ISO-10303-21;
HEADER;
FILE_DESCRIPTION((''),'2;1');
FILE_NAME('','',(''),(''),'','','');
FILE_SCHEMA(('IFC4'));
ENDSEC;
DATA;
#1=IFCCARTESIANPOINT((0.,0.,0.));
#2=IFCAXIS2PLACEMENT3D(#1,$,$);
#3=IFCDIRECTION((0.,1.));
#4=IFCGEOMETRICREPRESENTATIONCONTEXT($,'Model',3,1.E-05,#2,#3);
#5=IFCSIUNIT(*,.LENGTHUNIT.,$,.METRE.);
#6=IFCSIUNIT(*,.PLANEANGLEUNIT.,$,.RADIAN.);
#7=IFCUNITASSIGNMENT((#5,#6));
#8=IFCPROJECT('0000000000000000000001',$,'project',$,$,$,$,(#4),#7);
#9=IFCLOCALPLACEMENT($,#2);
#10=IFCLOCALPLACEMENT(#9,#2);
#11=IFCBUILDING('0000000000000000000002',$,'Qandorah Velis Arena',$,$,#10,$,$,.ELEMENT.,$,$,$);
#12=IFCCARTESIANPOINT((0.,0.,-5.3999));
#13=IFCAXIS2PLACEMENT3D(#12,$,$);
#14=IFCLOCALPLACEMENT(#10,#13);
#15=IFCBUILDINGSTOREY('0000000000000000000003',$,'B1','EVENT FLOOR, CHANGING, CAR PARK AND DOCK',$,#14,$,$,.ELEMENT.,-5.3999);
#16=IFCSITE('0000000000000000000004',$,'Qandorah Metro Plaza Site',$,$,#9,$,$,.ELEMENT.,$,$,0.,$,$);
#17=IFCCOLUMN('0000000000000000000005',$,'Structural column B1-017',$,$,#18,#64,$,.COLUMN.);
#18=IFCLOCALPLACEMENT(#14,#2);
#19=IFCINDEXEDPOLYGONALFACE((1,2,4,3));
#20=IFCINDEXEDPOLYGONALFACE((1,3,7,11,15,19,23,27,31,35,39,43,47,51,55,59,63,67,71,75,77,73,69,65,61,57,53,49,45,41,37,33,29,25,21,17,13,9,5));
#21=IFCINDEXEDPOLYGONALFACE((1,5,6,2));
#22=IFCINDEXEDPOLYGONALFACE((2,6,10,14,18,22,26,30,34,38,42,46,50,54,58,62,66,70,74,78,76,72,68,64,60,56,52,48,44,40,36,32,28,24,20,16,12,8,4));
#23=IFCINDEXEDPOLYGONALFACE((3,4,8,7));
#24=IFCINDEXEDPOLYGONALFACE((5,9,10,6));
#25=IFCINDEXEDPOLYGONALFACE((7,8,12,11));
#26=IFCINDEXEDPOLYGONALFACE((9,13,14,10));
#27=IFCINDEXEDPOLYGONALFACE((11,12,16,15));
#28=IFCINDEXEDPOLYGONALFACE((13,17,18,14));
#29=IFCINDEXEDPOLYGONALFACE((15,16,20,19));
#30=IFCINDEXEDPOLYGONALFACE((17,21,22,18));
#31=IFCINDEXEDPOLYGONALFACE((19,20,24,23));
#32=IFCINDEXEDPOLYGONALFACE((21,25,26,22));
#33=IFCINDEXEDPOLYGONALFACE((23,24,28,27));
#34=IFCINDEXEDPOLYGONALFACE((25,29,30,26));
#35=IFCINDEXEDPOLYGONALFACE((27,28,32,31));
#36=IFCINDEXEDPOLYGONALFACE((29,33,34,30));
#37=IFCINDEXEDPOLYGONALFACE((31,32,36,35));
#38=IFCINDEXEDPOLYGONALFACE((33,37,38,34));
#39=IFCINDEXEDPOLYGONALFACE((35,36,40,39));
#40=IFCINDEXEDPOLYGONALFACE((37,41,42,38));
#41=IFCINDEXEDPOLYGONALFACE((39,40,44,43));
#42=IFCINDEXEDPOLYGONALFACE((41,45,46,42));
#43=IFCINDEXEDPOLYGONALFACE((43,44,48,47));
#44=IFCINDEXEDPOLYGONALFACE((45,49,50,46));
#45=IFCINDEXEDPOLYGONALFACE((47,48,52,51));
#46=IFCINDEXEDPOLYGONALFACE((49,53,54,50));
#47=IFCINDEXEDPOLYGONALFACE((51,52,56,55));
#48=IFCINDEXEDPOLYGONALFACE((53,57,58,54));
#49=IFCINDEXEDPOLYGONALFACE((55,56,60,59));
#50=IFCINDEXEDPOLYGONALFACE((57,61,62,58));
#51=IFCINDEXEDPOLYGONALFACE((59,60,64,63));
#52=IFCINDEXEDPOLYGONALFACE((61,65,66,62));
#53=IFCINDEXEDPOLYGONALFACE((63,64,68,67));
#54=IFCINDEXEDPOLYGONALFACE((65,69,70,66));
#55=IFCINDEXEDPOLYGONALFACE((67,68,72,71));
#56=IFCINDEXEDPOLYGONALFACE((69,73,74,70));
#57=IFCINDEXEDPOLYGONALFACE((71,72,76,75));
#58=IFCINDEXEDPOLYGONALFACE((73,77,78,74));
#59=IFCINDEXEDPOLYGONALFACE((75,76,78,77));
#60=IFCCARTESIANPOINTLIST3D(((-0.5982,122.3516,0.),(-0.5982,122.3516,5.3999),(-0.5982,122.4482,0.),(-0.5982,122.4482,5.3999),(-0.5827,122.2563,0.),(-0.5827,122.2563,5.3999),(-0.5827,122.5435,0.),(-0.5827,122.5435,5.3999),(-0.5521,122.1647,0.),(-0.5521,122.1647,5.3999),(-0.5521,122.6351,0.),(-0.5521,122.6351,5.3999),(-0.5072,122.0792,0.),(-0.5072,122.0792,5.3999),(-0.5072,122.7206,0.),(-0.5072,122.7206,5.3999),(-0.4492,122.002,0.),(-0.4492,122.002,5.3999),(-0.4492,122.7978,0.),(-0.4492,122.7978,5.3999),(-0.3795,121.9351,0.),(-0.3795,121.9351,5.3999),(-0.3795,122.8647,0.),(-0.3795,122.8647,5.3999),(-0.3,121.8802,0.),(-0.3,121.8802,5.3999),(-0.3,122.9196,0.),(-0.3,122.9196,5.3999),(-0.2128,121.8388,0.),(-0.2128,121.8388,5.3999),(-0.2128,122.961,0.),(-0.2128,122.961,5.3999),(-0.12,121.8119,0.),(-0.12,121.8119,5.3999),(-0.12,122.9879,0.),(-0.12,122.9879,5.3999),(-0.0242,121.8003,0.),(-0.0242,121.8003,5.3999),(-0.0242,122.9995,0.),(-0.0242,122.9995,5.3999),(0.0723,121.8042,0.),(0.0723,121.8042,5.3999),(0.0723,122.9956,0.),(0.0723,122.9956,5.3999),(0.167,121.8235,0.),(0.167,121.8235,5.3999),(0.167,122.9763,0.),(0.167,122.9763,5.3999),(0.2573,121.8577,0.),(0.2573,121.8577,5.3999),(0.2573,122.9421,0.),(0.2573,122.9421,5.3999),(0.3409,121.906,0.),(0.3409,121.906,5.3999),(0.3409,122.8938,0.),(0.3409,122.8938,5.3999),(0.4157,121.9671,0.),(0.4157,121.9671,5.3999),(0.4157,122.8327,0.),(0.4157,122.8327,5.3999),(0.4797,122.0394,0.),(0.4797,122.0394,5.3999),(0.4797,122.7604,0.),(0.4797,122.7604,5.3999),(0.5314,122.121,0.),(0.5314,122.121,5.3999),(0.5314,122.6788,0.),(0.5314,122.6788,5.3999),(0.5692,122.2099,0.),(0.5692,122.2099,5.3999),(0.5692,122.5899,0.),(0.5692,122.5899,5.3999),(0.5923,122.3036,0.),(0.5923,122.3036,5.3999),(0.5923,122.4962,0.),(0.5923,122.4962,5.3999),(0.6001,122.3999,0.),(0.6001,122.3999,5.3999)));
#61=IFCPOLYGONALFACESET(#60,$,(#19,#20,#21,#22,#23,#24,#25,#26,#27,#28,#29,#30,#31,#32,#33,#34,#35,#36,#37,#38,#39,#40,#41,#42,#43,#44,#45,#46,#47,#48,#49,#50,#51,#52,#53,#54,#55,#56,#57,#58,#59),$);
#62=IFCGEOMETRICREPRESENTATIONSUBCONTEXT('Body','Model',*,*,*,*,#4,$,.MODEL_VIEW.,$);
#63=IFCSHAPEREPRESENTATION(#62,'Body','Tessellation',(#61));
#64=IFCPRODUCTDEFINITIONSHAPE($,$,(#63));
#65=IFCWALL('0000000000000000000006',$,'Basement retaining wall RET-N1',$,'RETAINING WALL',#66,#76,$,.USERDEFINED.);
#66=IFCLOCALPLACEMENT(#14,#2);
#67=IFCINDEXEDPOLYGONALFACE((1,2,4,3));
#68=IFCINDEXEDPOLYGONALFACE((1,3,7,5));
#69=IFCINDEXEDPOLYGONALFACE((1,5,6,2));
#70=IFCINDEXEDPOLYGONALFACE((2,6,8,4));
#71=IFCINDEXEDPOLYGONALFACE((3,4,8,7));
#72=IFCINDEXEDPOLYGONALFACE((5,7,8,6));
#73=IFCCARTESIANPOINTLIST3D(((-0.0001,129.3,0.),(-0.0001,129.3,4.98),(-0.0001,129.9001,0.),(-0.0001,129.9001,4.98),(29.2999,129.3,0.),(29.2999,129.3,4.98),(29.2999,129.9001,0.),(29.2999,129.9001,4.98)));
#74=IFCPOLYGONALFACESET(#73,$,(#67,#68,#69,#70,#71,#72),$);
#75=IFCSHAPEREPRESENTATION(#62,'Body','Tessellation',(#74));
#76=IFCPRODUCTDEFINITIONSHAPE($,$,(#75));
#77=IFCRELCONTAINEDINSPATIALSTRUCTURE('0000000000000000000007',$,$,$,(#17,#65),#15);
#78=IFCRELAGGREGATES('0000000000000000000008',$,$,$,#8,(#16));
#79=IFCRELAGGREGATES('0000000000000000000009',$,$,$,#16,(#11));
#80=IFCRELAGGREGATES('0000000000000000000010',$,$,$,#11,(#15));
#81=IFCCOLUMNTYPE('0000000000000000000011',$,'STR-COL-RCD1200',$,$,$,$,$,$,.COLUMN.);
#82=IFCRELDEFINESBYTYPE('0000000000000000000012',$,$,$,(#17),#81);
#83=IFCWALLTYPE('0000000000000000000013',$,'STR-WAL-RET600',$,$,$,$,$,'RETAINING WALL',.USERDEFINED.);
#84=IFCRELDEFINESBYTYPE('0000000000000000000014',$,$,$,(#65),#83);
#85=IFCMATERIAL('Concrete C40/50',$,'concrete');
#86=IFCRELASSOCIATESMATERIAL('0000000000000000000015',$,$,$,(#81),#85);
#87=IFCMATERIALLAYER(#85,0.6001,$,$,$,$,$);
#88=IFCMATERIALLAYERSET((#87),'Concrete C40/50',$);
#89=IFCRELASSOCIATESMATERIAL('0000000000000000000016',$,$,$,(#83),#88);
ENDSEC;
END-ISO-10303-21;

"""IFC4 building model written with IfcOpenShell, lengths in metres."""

from ifc_helpers import new_model, si_unit, direction, frame, frame_2d, origin, origin_2d, place, context, subcontext, project, spatial, rectangle, circle, extrude, material, layer, layer_set, material_profile, profile_set, type_object, element, save


model = new_model("IFC4")

# Units and contexts
model_context = context("Model", 3, precision=1e-05, world=origin(), true_north=direction((0.0, 1.0)))
body_context = subcontext(model_context, "Body", "Model", "MODEL_VIEW")
ifc_project = project(units=[si_unit("LENGTHUNIT", "METRE"), si_unit("PLANEANGLEUNIT", "RADIAN")], contexts=[model_context])

# Site, building, storey
site_placement = place(None, origin())
site = spatial("IfcSite", under=ifc_project, at=site_placement, Name="Qandorah Metro Plaza Site", CompositionType="ELEMENT", RefElevation=0.0)
building_placement = place(site_placement, origin())
building = spatial("IfcBuilding", under=site, at=building_placement, Name="Qandorah Velis Arena", CompositionType="ELEMENT")
storey_placement = place(building_placement, frame((0.0, 0.0, -5.3999)))
storey = spatial("IfcBuildingStorey", under=building, at=storey_placement, Name="B1", Description="EVENT FLOOR, CHANGING, CAR PARK AND DOCK", CompositionType="ELEMENT", Elevation=-5.3999)

# Shared definitions
ifc_material = material(Name="Concrete C40/50", Category="concrete")

# Column
ifc_material_profile_1 = material_profile(ifc_material, circle(Radius=0.6001, at=origin_2d()), Name="RC D1200")
ifc_profile_set_1 = profile_set([ifc_material_profile_1], Name="Concrete C40/50")
column_type_1 = type_object("IfcColumnType", Name="STR-COL-RCD1200", PredefinedType="COLUMN", material=ifc_profile_set_1)
column_1_placement = place(storey_placement, frame((0.0, 122.3999, 0.0), z_axis=(0.0, 0.0, 1.0), x_axis=(1.0, 0.0, 0.0)))
element("IfcColumn", 1, at=column_1_placement, inside=storey, type_object=column_type_1, Name="Structural column B1-017", PredefinedType="COLUMN", context=body_context, shape_type="SweptSolid", body=[
    extrude(circle(Radius=0.6001, at=origin_2d()), origin(), (0.0, 0.0, 1.0), 5.3999),
])

# Wall
ifc_layer = layer(ifc_material, 0.6001)
ifc_layer_set = layer_set([ifc_layer], Name="Concrete C40/50")
wall_type = type_object("IfcWallType", Name="STR-WAL-RET600", ElementType="RETAINING WALL", PredefinedType="USERDEFINED", material=ifc_layer_set)
wall_placement = place(storey_placement, frame((0.0, 129.6001, 0.0), z_axis=(0.0, 0.0, 1.0), x_axis=(1.0, 0.0, 0.0)))
element("IfcWall", 2, at=wall_placement, inside=storey, type_object=wall_type, Name="Basement retaining wall RET-N1", ObjectType="RETAINING WALL", PredefinedType="USERDEFINED", context=body_context, shape_type="SweptSolid", body=[
    extrude(rectangle(XDim=29.3, YDim=0.6001, at=frame_2d((14.6499, 0.0))), origin(), (0.0, 0.0, 1.0), 4.98),
])

save(model, "model.ifc")
